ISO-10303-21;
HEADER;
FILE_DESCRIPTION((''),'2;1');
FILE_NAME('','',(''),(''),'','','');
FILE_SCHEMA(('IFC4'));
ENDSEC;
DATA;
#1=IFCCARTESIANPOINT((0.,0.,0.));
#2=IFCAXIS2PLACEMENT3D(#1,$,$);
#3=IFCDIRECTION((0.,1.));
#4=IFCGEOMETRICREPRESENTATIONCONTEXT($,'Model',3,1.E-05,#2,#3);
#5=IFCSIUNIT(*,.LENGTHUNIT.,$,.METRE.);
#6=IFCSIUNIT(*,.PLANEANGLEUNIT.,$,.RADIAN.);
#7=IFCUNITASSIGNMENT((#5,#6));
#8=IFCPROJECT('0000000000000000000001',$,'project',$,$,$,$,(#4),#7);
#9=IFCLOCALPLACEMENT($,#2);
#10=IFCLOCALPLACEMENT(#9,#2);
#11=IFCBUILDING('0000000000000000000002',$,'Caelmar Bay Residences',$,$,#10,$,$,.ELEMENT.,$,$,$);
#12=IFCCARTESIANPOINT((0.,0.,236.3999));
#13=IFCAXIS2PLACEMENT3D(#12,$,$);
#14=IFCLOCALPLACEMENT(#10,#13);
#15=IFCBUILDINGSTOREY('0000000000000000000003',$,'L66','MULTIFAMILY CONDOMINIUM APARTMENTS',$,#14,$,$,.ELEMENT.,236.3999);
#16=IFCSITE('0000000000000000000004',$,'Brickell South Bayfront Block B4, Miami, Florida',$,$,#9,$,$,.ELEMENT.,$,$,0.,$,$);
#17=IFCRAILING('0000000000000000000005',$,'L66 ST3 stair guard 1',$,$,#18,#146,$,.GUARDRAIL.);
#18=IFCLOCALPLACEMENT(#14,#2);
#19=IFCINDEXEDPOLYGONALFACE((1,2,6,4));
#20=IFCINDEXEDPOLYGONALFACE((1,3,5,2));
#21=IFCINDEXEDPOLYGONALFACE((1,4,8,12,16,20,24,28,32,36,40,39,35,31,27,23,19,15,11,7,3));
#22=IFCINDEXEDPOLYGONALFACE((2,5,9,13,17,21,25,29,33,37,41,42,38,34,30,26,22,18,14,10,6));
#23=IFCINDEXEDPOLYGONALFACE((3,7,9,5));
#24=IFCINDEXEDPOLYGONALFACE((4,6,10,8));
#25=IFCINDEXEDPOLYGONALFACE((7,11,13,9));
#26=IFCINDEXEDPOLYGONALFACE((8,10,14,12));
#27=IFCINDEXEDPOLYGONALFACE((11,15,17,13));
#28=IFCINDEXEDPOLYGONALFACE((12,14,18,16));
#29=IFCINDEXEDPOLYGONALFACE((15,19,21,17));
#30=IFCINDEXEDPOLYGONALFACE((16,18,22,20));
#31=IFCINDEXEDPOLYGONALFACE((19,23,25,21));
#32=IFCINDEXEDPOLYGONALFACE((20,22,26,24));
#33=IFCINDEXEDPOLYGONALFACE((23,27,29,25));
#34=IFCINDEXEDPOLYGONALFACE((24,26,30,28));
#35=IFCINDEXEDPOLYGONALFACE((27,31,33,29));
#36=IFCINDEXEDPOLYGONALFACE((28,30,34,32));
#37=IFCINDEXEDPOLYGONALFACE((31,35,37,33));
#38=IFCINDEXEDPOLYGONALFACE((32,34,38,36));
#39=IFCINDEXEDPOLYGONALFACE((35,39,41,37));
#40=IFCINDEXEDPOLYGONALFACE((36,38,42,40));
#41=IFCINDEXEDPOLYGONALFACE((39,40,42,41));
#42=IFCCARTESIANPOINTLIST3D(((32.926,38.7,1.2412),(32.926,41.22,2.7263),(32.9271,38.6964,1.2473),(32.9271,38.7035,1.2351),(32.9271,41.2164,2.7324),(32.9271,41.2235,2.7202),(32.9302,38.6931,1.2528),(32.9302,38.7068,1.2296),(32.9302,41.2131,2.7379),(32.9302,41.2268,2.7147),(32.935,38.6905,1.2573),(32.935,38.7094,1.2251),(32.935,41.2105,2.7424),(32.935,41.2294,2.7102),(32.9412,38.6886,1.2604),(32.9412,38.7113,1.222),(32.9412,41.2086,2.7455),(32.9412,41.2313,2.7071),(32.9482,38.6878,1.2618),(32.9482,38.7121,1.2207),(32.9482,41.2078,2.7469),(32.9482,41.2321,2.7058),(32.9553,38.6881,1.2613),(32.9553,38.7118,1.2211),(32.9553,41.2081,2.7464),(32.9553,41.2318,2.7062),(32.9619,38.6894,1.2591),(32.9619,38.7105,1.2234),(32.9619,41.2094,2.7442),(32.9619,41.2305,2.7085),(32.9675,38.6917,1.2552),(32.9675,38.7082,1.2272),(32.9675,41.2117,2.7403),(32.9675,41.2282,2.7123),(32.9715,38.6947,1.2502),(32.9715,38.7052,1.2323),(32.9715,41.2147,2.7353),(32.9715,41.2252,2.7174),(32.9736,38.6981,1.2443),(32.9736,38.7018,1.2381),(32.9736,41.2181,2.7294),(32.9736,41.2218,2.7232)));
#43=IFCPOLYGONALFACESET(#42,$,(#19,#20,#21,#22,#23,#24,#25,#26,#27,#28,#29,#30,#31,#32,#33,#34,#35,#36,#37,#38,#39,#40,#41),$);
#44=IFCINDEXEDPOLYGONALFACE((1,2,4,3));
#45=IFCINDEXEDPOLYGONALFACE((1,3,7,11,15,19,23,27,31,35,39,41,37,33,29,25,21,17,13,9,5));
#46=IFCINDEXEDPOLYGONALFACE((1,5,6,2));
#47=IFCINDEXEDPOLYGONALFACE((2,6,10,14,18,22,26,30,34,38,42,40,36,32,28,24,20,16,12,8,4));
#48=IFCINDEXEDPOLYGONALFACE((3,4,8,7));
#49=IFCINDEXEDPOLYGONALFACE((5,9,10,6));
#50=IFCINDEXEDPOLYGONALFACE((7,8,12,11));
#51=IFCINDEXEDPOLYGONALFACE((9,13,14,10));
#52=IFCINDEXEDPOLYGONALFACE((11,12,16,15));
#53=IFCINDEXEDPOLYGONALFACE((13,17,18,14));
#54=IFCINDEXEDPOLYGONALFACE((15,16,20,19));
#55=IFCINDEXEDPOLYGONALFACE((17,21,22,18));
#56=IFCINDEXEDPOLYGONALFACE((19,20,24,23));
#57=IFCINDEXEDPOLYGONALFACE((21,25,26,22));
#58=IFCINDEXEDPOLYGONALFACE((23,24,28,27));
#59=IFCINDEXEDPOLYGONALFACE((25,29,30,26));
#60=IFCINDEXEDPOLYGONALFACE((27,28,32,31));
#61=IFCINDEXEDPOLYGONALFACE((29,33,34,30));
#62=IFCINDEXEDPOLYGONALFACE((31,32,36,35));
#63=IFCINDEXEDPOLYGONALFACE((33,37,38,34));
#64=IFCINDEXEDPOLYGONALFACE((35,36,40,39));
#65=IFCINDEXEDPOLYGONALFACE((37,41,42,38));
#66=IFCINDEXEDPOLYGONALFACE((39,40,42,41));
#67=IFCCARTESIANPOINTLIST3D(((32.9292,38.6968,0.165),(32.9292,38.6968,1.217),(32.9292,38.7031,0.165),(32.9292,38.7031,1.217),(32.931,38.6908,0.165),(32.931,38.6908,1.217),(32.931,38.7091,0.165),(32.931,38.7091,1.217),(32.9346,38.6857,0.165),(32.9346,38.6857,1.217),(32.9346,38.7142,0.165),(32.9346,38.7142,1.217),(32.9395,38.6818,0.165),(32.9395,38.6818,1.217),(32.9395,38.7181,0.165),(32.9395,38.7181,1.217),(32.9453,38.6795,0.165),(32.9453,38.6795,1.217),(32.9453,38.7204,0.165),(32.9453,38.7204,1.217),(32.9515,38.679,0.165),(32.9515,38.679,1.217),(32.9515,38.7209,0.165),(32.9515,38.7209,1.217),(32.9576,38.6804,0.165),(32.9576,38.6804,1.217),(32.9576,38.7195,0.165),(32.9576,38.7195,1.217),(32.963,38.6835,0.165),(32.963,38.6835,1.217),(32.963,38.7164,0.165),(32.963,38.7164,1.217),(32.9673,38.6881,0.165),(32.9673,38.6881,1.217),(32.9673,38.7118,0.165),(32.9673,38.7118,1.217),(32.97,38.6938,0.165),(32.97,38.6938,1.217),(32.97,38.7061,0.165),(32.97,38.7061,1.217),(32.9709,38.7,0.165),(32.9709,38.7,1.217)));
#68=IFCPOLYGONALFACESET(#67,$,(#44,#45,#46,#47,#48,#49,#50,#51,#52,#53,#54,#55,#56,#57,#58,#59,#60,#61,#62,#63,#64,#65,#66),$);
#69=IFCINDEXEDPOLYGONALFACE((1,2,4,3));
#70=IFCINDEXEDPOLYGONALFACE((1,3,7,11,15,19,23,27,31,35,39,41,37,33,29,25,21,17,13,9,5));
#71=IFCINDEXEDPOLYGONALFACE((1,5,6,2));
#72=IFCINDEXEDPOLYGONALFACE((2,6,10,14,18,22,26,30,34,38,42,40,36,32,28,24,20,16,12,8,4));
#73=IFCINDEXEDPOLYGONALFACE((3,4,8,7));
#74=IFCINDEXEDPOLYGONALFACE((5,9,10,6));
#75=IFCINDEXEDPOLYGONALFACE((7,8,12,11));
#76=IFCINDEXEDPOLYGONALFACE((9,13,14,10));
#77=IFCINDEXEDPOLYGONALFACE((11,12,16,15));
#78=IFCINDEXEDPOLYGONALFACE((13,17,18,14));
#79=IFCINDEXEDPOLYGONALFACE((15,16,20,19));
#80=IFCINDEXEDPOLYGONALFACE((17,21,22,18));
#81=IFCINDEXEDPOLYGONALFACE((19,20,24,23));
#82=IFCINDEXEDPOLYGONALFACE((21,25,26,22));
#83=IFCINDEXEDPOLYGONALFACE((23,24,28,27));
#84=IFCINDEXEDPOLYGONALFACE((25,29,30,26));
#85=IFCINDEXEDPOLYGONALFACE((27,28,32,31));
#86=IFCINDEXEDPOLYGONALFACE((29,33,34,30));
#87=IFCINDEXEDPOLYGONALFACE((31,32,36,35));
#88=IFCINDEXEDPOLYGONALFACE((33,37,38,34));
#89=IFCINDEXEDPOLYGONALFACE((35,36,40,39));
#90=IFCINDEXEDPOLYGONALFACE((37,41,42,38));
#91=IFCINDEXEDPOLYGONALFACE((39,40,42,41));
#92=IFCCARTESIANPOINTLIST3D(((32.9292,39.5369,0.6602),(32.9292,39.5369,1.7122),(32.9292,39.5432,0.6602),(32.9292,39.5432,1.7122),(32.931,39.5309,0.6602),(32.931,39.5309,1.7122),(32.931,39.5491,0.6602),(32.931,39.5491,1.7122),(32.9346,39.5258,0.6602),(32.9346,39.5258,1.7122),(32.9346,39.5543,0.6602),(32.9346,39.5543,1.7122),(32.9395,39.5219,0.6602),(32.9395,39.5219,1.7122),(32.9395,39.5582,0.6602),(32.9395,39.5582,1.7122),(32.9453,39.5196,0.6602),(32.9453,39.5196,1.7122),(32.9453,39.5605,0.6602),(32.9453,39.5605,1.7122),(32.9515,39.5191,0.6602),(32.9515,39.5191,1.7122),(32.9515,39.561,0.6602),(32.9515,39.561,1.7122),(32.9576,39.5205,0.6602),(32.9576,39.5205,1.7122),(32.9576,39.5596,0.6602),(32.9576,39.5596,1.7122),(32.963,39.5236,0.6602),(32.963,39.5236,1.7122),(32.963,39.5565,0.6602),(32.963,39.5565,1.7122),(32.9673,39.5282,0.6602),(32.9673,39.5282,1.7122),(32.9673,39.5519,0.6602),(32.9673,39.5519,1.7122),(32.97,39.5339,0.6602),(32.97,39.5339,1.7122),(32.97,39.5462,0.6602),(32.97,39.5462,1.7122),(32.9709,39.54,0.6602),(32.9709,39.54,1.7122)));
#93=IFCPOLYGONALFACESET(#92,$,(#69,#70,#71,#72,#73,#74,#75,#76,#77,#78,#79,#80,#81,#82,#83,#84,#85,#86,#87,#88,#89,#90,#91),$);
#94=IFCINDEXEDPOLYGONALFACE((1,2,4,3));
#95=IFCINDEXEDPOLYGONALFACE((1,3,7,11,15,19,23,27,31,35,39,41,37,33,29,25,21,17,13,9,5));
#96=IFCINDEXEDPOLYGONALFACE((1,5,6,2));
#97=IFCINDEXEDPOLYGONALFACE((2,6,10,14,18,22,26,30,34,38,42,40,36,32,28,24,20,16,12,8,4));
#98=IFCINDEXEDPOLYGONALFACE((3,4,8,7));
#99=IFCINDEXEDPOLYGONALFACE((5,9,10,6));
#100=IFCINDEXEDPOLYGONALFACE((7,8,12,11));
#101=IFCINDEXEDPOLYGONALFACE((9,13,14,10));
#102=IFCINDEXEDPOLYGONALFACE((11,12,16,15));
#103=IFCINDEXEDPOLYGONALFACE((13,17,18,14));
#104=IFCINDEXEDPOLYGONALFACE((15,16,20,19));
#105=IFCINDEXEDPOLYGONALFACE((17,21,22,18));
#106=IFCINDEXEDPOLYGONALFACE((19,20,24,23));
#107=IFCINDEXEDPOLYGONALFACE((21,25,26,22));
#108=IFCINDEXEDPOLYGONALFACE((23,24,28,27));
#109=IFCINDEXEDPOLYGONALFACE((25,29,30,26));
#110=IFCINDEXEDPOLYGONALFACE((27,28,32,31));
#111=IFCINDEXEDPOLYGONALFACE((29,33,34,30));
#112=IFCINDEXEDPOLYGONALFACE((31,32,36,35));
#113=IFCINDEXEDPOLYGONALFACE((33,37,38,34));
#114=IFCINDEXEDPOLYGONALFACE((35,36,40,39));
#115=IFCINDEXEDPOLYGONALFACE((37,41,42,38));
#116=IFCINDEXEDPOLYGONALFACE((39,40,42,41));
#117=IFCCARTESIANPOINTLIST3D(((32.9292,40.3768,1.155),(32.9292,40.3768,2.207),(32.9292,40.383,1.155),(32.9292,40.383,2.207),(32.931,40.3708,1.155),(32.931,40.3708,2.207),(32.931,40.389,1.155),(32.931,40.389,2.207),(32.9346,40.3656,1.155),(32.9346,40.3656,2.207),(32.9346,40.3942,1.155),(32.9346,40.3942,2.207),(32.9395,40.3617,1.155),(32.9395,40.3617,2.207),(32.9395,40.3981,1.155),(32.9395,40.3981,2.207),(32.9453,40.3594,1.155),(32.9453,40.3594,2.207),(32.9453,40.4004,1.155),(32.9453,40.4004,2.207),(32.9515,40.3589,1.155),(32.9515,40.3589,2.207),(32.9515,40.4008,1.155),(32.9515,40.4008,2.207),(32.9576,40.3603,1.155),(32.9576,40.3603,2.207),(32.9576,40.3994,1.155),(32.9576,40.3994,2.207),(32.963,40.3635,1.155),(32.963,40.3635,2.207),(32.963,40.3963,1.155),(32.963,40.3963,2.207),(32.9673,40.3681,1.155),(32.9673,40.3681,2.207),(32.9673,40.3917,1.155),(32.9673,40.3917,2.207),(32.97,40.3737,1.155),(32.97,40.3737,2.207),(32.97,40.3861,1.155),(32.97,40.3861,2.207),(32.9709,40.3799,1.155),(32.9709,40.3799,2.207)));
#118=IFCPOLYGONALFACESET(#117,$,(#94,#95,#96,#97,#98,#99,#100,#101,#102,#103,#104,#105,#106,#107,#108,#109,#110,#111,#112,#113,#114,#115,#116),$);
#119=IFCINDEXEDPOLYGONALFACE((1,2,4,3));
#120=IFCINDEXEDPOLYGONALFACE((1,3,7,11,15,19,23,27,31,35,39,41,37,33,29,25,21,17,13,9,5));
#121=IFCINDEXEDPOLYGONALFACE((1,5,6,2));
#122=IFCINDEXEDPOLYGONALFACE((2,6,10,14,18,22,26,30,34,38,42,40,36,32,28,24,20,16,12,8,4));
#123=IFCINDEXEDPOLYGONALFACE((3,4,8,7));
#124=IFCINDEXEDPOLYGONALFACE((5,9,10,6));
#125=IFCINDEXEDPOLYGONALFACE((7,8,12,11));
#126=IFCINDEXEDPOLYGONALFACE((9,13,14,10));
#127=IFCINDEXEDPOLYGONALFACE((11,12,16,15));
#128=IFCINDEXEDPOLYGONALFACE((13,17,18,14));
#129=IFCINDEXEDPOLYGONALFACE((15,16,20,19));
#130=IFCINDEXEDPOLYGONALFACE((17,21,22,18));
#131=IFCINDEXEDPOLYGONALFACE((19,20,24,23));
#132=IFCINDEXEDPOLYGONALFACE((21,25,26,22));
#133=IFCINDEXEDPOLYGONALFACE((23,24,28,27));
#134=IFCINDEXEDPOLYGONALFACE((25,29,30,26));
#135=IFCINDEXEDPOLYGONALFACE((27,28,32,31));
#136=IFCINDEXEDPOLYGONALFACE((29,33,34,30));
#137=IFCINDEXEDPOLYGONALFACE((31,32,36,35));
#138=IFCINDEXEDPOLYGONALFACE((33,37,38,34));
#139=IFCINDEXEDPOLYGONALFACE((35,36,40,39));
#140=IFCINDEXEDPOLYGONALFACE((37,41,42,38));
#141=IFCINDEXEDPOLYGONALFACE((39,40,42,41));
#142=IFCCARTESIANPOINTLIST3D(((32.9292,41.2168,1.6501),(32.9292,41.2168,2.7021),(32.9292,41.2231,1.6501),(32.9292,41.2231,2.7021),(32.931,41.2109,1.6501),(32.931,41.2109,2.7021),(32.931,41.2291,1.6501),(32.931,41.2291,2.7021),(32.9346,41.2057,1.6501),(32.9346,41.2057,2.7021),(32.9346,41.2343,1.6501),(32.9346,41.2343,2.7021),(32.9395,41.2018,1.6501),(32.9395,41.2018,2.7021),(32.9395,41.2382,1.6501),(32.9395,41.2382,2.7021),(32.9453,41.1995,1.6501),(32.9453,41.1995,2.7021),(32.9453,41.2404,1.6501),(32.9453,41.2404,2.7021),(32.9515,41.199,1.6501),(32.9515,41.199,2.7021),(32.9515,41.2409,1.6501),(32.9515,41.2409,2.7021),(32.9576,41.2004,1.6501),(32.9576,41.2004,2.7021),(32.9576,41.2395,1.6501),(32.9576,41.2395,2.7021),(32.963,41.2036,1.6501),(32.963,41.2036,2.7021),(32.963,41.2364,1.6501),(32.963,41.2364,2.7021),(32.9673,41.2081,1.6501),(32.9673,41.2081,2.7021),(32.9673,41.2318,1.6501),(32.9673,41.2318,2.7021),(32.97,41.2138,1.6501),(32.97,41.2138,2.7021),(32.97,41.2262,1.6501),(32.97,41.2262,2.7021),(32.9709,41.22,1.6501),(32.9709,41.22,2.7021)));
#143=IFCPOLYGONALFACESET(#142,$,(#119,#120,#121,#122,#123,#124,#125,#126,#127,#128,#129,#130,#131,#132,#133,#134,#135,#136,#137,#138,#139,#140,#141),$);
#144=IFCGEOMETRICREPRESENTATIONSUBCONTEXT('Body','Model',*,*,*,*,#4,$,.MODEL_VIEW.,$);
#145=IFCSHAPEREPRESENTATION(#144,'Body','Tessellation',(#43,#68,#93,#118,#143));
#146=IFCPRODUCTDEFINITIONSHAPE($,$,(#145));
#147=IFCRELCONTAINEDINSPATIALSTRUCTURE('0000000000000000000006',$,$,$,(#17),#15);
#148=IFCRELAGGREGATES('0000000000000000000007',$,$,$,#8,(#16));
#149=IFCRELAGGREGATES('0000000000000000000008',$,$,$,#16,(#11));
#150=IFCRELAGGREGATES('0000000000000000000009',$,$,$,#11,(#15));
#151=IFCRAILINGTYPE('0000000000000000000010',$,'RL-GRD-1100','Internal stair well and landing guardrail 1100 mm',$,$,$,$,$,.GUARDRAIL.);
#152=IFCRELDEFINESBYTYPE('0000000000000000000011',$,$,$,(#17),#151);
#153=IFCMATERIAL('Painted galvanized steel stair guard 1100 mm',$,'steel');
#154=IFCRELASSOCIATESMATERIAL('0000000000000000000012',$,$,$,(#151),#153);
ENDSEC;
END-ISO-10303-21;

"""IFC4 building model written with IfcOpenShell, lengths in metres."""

from ifc_helpers import new_model, si_unit, direction, frame, origin, origin_2d, place, context, subcontext, project, spatial, circle, extrude, material, type_object, element, save


model = new_model("IFC4")

# Units and contexts
model_context = context("Model", 3, precision=1e-05, world=origin(), true_north=direction((0.0, 1.0)))
body_context = subcontext(model_context, "Body", "Model", "MODEL_VIEW")
ifc_project = project(units=[si_unit("LENGTHUNIT", "METRE"), si_unit("PLANEANGLEUNIT", "RADIAN")], contexts=[model_context])

# Site, building, storey
site_placement = place(None, origin())
site = spatial("IfcSite", under=ifc_project, at=site_placement, Name="Brickell South Bayfront Block B4, Miami, Florida", CompositionType="ELEMENT", RefElevation=0.0)
building_placement = place(site_placement, origin())
building = spatial("IfcBuilding", under=site, at=building_placement, Name="Caelmar Bay Residences", CompositionType="ELEMENT")
storey_placement = place(building_placement, frame((0.0, 0.0, 236.3999)))
storey = spatial("IfcBuildingStorey", under=building, at=storey_placement, Name="L66", Description="MULTIFAMILY CONDOMINIUM APARTMENTS", CompositionType="ELEMENT", Elevation=236.3999)

# Railing
ifc_material_1 = material(Name="Painted galvanized steel stair guard 1100 mm", Category="steel")
railing_type_1 = type_object("IfcRailingType", Name="RL-GRD-1100", Description="Internal stair well and landing guardrail 1100 mm", PredefinedType="GUARDRAIL", material=ifc_material_1)
railing_1_placement = place(storey_placement, frame((32.95, 38.7, 0.165)))
element("IfcRailing", 1, at=railing_1_placement, inside=storey, type_object=railing_type_1, Name="L66 ST3 stair guard 1", PredefinedType="GUARDRAIL", context=body_context, shape_type="SweptSolid", body=[
    extrude(circle(Radius=0.0239, at=origin_2d()), frame((0.0, 0.0, 1.0762), z_axis=(0.0, 0.861524, 0.507717), x_axis=(-1.0, 0.0, 0.0)), (0.0, 0.0, 1.0), 2.925),
    extrude(circle(Radius=0.021, at=origin_2d()), origin(), (0.0, 0.0, 1.0), 1.052),
    extrude(circle(Radius=0.021, at=origin_2d()), frame((0.0, 0.8401, 0.4951)), (0.0, 0.0, 1.0), 1.052),
    extrude(circle(Radius=0.021, at=origin_2d()), frame((0.0, 1.6799, 0.99)), (0.0, 0.0, 1.0), 1.052),
    extrude(circle(Radius=0.021, at=origin_2d()), frame((0.0, 2.52, 1.4851)), (0.0, 0.0, 1.0), 1.052),
])

save(model, "model.ifc")
